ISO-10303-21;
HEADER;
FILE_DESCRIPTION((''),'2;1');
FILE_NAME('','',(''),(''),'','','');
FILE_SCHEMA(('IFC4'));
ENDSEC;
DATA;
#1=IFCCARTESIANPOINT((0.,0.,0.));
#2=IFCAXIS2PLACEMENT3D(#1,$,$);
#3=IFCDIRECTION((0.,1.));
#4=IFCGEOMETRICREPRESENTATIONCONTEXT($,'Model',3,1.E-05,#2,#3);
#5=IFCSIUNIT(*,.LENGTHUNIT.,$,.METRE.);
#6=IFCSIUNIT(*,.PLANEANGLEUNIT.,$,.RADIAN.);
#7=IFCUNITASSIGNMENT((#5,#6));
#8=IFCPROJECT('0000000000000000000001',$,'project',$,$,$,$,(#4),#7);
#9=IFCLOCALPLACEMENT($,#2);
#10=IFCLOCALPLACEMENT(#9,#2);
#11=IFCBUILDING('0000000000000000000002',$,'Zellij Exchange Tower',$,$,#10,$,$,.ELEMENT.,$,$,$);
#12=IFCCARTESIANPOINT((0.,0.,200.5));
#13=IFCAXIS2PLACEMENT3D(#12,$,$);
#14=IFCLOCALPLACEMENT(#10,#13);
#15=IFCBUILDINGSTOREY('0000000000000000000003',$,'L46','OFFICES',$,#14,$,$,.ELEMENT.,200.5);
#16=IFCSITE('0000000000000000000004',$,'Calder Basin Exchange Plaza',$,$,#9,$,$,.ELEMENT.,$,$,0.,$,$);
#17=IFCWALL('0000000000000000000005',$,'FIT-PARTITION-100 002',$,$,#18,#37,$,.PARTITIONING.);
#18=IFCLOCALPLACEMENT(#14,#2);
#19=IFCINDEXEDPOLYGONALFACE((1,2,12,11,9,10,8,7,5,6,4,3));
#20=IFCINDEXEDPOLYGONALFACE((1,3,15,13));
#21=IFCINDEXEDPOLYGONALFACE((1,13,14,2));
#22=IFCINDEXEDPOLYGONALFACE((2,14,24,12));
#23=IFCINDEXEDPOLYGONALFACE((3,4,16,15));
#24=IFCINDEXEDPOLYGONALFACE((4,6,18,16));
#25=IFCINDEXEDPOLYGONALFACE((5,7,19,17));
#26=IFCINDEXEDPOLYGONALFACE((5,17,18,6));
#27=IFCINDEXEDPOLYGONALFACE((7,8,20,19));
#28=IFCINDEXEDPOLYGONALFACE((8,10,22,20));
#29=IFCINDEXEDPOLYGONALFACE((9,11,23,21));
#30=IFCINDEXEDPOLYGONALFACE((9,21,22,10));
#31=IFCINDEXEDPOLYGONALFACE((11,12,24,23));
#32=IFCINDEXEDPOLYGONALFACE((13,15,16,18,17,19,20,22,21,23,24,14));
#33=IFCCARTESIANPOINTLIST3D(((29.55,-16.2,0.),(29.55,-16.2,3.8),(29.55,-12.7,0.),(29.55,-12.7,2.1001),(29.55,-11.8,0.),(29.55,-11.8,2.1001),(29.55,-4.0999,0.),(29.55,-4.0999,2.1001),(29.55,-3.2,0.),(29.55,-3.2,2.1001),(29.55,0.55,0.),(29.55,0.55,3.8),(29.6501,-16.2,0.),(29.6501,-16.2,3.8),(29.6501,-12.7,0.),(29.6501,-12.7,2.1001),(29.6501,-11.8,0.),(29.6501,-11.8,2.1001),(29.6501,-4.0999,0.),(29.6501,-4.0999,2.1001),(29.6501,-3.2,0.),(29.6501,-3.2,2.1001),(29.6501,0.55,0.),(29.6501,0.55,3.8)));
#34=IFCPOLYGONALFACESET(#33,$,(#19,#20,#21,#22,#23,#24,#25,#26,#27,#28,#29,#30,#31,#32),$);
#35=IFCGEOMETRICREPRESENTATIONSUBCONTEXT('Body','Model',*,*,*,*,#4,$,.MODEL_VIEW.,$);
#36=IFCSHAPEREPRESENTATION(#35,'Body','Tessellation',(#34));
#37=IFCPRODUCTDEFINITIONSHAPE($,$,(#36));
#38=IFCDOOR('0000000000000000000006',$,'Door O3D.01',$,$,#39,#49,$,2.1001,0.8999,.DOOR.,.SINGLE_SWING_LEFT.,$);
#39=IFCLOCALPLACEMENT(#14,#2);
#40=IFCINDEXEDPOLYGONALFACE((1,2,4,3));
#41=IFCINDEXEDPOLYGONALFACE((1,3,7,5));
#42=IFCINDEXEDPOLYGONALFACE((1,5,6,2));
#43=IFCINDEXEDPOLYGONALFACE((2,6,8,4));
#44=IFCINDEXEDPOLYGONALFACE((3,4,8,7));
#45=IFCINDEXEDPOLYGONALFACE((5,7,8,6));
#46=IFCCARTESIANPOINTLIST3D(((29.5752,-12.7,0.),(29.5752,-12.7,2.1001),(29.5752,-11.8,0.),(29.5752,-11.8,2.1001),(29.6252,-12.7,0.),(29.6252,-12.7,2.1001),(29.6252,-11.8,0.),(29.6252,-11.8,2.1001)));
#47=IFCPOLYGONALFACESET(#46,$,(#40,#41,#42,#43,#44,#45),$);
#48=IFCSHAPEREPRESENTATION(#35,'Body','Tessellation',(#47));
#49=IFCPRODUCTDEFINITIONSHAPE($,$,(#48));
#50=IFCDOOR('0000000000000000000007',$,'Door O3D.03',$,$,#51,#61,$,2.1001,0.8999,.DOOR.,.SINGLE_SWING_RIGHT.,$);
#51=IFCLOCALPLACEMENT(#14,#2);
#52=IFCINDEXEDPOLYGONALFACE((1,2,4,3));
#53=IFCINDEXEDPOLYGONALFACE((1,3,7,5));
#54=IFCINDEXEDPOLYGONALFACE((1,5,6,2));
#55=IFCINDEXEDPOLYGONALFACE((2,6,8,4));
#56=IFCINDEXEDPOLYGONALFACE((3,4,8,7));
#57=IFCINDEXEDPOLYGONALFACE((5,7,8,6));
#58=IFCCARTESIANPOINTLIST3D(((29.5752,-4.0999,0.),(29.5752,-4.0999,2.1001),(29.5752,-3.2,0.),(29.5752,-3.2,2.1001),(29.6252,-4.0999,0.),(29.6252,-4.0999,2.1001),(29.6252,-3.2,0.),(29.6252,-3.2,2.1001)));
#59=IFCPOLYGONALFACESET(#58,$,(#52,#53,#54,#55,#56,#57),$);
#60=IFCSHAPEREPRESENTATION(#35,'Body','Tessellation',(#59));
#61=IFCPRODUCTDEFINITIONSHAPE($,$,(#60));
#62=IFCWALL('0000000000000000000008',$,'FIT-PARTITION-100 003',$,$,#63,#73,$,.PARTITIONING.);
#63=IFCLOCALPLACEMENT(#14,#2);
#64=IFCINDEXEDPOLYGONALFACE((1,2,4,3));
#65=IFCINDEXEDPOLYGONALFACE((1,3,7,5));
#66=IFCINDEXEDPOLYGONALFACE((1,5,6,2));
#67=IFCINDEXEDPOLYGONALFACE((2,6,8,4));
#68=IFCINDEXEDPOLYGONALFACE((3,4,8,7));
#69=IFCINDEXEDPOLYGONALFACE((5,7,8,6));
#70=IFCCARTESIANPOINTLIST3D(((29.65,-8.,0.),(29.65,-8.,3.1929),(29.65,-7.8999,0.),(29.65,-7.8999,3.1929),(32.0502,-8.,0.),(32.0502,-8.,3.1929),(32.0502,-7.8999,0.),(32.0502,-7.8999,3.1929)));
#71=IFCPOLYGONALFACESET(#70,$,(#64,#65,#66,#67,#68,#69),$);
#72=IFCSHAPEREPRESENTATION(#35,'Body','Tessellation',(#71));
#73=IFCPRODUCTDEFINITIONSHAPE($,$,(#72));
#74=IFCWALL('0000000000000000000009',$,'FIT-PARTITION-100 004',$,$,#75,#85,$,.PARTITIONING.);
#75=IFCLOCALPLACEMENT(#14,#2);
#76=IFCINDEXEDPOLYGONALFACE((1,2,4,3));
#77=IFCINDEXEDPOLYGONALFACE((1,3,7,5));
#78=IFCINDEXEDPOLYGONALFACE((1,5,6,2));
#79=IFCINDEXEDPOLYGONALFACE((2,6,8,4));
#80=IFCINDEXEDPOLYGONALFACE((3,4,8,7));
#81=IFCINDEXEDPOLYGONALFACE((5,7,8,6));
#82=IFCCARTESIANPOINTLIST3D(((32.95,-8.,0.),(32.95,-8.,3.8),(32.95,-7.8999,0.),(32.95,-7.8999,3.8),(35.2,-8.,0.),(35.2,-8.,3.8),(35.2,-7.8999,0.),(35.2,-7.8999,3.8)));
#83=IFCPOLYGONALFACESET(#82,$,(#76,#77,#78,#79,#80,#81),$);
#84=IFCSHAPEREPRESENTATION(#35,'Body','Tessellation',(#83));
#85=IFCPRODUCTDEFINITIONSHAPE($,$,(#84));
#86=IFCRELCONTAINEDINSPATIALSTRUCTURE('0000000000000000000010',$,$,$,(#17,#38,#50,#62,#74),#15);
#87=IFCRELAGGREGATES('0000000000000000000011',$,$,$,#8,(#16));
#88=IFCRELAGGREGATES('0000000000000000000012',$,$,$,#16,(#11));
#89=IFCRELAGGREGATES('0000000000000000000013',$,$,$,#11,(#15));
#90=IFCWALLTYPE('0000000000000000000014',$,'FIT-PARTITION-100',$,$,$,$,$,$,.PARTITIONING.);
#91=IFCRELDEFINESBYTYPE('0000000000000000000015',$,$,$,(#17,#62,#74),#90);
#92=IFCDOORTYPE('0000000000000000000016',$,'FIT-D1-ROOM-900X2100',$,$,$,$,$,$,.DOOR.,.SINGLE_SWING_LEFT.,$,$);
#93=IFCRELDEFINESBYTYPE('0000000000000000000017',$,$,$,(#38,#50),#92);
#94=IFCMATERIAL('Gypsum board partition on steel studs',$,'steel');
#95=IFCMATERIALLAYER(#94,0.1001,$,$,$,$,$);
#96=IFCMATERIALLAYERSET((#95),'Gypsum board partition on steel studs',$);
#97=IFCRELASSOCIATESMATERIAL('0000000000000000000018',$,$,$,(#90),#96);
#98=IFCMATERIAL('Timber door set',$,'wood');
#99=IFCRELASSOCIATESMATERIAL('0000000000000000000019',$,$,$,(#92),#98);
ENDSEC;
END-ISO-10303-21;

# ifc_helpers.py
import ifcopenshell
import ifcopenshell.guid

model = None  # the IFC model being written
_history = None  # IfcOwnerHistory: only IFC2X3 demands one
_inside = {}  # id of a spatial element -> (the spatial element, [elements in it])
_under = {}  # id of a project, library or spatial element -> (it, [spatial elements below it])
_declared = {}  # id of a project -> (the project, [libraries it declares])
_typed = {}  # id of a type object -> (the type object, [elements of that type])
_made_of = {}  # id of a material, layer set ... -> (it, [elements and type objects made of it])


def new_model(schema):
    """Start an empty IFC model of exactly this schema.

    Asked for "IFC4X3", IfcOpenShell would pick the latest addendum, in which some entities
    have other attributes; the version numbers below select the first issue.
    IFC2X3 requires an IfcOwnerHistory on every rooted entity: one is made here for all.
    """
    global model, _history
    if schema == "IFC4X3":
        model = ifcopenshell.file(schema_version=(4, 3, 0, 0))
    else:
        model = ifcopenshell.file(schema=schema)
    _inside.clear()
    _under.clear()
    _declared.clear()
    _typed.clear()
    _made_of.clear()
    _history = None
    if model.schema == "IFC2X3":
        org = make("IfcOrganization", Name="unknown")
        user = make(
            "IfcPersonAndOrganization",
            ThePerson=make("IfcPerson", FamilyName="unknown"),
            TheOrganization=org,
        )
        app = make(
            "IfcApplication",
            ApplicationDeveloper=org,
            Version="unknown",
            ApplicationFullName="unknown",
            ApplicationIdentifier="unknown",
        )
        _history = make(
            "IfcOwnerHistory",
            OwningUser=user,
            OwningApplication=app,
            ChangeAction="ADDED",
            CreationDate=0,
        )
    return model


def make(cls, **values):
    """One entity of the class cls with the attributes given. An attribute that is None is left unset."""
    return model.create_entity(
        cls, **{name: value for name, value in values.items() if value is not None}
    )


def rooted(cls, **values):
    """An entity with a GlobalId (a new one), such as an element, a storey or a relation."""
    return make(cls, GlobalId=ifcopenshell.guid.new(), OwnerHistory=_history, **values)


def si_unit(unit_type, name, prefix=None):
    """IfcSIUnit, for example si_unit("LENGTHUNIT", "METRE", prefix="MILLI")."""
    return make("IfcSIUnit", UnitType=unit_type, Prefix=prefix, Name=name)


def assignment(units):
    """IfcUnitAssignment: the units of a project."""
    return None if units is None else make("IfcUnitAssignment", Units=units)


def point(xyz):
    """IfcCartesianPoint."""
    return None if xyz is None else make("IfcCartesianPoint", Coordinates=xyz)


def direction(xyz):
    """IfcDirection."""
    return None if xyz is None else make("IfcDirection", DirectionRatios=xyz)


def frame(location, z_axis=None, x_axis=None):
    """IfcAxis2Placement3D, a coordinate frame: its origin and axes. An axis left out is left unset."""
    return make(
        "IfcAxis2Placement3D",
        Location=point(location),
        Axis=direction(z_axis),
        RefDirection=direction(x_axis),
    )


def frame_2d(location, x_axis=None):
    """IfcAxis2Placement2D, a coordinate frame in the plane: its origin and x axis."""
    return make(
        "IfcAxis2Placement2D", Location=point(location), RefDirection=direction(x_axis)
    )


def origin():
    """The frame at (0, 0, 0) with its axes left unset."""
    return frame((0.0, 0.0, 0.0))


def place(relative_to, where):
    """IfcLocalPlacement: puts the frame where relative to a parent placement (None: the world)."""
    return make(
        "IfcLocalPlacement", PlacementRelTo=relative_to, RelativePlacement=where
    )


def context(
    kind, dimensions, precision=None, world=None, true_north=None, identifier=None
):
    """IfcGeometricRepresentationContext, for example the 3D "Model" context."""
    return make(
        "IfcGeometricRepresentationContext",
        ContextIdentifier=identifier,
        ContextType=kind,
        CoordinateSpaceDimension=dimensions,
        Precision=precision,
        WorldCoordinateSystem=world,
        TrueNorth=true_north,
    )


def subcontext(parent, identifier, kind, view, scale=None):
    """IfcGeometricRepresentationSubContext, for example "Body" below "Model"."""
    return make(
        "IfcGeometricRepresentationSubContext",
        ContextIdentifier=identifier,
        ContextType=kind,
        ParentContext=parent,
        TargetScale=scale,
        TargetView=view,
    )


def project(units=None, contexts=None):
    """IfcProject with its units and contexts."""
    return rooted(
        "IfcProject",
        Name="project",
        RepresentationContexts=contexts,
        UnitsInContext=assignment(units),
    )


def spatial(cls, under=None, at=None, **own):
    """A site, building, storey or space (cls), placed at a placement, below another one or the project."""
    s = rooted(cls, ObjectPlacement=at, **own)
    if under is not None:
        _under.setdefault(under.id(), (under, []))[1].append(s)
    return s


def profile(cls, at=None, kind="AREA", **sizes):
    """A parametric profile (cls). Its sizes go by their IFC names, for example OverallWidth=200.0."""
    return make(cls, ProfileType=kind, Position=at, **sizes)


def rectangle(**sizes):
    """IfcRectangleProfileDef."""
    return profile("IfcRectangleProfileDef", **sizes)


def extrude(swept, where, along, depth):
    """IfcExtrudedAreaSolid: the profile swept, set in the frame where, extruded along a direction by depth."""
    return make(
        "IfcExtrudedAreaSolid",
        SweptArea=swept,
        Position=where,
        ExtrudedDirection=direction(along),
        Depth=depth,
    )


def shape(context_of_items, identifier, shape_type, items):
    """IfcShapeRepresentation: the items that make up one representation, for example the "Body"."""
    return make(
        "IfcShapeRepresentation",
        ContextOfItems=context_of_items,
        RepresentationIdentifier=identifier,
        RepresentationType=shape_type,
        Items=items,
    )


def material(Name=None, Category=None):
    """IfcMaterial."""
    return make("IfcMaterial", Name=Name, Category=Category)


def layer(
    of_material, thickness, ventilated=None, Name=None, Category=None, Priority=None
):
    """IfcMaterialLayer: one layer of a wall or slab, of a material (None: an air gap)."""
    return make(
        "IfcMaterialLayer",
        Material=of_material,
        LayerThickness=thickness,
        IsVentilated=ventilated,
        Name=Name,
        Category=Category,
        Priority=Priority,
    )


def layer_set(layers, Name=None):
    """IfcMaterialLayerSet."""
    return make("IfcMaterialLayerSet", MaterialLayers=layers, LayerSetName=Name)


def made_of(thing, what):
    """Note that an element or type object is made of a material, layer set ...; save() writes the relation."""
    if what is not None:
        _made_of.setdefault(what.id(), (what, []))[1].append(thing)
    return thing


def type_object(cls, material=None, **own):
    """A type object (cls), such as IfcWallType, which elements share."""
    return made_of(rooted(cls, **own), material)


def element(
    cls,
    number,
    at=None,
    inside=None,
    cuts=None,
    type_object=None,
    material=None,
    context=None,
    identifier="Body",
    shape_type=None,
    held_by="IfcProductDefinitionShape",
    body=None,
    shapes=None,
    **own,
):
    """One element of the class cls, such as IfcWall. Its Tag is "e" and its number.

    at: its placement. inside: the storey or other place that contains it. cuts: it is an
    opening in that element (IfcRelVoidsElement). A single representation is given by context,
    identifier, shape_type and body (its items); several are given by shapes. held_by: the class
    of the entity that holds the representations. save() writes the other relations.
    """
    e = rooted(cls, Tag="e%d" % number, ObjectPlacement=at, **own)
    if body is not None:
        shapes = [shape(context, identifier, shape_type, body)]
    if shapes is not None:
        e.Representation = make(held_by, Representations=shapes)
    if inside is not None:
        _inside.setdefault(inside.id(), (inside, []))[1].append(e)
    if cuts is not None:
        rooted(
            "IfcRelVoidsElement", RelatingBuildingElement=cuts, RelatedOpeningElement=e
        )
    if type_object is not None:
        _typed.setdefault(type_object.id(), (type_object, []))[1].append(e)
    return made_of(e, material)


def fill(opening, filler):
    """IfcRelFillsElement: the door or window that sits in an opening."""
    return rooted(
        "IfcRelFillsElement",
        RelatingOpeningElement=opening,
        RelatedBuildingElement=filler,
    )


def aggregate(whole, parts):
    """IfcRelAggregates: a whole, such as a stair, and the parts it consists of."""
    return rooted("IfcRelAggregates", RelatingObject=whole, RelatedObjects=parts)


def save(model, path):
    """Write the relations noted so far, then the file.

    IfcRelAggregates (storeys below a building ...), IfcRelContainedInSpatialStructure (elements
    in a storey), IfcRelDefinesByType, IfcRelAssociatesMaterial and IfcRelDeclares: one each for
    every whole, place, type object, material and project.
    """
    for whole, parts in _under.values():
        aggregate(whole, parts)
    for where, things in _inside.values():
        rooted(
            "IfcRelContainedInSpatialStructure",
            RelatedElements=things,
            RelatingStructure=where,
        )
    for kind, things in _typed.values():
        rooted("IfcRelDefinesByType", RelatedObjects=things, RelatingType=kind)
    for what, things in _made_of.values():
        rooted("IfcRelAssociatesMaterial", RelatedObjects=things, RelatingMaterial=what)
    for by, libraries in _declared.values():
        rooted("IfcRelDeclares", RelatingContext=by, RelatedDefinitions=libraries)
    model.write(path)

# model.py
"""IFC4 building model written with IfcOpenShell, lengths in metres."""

from ifc_helpers import new_model, si_unit, direction, frame, frame_2d, origin, place, context, subcontext, project, spatial, rectangle, extrude, material, layer, layer_set, type_object, element, fill, save


model = new_model("IFC4")

# Units and contexts
model_context = context("Model", 3, precision=1e-05, world=origin(), true_north=direction((0.0, 1.0)))
body_context = subcontext(model_context, "Body", "Model", "MODEL_VIEW")
ifc_project = project(units=[si_unit("LENGTHUNIT", "METRE"), si_unit("PLANEANGLEUNIT", "RADIAN")], contexts=[model_context])

# Site, building, storey
site_placement = place(None, origin())
site = spatial("IfcSite", under=ifc_project, at=site_placement, Name="Calder Basin Exchange Plaza", CompositionType="ELEMENT", RefElevation=0.0)
building_placement = place(site_placement, origin())
building = spatial("IfcBuilding", under=site, at=building_placement, Name="Zellij Exchange Tower", CompositionType="ELEMENT")
storey_placement = place(building_placement, frame((0.0, 0.0, 200.5)))
storey = spatial("IfcBuildingStorey", under=building, at=storey_placement, Name="L46", Description="OFFICES", CompositionType="ELEMENT", Elevation=200.5)

# Wall, openings, doors
ifc_material_1 = material(Name="Gypsum board partition on steel studs", Category="steel")
ifc_layer_1 = layer(ifc_material_1, 0.1001)
ifc_layer_set_1 = layer_set([ifc_layer_1], Name="Gypsum board partition on steel studs")
wall_type_1 = type_object("IfcWallType", Name="FIT-PARTITION-100", PredefinedType="PARTITIONING", material=ifc_layer_set_1)
wall_1_placement = place(storey_placement, frame((29.6001, -16.2, 0.0), z_axis=(0.0, 0.0, 1.0), x_axis=(0.0, 1.0, 0.0)))
wall_1 = element("IfcWall", 1, at=wall_1_placement, inside=storey, type_object=wall_type_1, Name="FIT-PARTITION-100 002", PredefinedType="PARTITIONING", context=body_context, shape_type="SweptSolid", body=[
    extrude(rectangle(XDim=16.75, YDim=0.1001, at=frame_2d((8.375, 0.0))), origin(), (0.0, 0.0, 1.0), 3.8),
])
opening_1_placement = place(wall_1_placement, frame((3.5, 0.0, 0.0)))
opening_1 = element("IfcOpeningElement", 2, at=opening_1_placement, cuts=wall_1, PredefinedType="OPENING", context=body_context, shape_type="SweptSolid", body=[
    extrude(rectangle(XDim=0.8999, YDim=2.1001, at=frame_2d((0.45, 1.05))), frame((0.0, 0.062, 0.0), z_axis=(0.0, -1.0, 0.0), x_axis=(1.0, 0.0, 0.0)), (0.0, 0.0, 1.0), 0.124),
])
opening_2_placement = place(wall_1_placement, frame((12.1001, 0.0, 0.0)))
opening_2 = element("IfcOpeningElement", 3, at=opening_2_placement, cuts=wall_1, PredefinedType="OPENING", context=body_context, shape_type="SweptSolid", body=[
    extrude(rectangle(XDim=0.8999, YDim=2.1001, at=frame_2d((0.45, 1.05))), frame((0.0, 0.062, 0.0), z_axis=(0.0, -1.0, 0.0), x_axis=(1.0, 0.0, 0.0)), (0.0, 0.0, 1.0), 0.124),
])
ifc_material_2 = material(Name="Timber door set", Category="wood")
door_type_1 = type_object("IfcDoorType", Name="FIT-D1-ROOM-900X2100", OperationType="SINGLE_SWING_LEFT", PredefinedType="DOOR", material=ifc_material_2)
door_1_placement = place(opening_1_placement, origin())
door_1 = element("IfcDoor", 4, at=door_1_placement, inside=storey, type_object=door_type_1, Name="Door O3D.01", OperationType="SINGLE_SWING_LEFT", OverallHeight=2.1001, OverallWidth=0.8999, PredefinedType="DOOR", context=body_context, shape_type="SweptSolid", body=[
    extrude(rectangle(XDim=0.8999, YDim=2.1001, at=frame_2d((0.45, 1.05))), frame((0.0, 0.0249, 0.0), z_axis=(0.0, -1.0, 0.0), x_axis=(1.0, 0.0, 0.0)), (0.0, 0.0, 1.0), 0.05),
])
fill(opening_1, door_1)
door_2_placement = place(opening_2_placement, origin())
door_2 = element("IfcDoor", 5, at=door_2_placement, inside=storey, type_object=door_type_1, Name="Door O3D.03", OperationType="SINGLE_SWING_RIGHT", OverallHeight=2.1001, OverallWidth=0.8999, PredefinedType="DOOR", context=body_context, shape_type="SweptSolid", body=[
    extrude(rectangle(XDim=0.8999, YDim=2.1001, at=frame_2d((0.45, 1.05))), frame((0.0, 0.0249, 0.0), z_axis=(0.0, -1.0, 0.0), x_axis=(1.0, 0.0, 0.0)), (0.0, 0.0, 1.0), 0.05),
])
fill(opening_2, door_2)

# Walls
wall_2_placement = place(storey_placement, frame((29.6499, -7.95, 0.0), z_axis=(0.0, 0.0, 1.0), x_axis=(1.0, 0.0, 0.0)))
element("IfcWall", 6, at=wall_2_placement, inside=storey, type_object=wall_type_1, Name="FIT-PARTITION-100 003", PredefinedType="PARTITIONING", context=body_context, shape_type="SweptSolid", body=[
    extrude(rectangle(XDim=2.4001, YDim=0.1001, at=frame_2d((1.2002, 0.0))), origin(), (0.0, 0.0, 1.0), 3.1929),
])
wall_3_placement = place(storey_placement, frame((32.95, -7.95, 0.0), z_axis=(0.0, 0.0, 1.0), x_axis=(1.0, 0.0, 0.0)))
element("IfcWall", 7, at=wall_3_placement, inside=storey, type_object=wall_type_1, Name="FIT-PARTITION-100 004", PredefinedType="PARTITIONING", context=body_context, shape_type="SweptSolid", body=[
    extrude(rectangle(XDim=2.25, YDim=0.1001, at=frame_2d((1.125, 0.0))), origin(), (0.0, 0.0, 1.0), 3.8),
])

save(model, "model.ifc")
